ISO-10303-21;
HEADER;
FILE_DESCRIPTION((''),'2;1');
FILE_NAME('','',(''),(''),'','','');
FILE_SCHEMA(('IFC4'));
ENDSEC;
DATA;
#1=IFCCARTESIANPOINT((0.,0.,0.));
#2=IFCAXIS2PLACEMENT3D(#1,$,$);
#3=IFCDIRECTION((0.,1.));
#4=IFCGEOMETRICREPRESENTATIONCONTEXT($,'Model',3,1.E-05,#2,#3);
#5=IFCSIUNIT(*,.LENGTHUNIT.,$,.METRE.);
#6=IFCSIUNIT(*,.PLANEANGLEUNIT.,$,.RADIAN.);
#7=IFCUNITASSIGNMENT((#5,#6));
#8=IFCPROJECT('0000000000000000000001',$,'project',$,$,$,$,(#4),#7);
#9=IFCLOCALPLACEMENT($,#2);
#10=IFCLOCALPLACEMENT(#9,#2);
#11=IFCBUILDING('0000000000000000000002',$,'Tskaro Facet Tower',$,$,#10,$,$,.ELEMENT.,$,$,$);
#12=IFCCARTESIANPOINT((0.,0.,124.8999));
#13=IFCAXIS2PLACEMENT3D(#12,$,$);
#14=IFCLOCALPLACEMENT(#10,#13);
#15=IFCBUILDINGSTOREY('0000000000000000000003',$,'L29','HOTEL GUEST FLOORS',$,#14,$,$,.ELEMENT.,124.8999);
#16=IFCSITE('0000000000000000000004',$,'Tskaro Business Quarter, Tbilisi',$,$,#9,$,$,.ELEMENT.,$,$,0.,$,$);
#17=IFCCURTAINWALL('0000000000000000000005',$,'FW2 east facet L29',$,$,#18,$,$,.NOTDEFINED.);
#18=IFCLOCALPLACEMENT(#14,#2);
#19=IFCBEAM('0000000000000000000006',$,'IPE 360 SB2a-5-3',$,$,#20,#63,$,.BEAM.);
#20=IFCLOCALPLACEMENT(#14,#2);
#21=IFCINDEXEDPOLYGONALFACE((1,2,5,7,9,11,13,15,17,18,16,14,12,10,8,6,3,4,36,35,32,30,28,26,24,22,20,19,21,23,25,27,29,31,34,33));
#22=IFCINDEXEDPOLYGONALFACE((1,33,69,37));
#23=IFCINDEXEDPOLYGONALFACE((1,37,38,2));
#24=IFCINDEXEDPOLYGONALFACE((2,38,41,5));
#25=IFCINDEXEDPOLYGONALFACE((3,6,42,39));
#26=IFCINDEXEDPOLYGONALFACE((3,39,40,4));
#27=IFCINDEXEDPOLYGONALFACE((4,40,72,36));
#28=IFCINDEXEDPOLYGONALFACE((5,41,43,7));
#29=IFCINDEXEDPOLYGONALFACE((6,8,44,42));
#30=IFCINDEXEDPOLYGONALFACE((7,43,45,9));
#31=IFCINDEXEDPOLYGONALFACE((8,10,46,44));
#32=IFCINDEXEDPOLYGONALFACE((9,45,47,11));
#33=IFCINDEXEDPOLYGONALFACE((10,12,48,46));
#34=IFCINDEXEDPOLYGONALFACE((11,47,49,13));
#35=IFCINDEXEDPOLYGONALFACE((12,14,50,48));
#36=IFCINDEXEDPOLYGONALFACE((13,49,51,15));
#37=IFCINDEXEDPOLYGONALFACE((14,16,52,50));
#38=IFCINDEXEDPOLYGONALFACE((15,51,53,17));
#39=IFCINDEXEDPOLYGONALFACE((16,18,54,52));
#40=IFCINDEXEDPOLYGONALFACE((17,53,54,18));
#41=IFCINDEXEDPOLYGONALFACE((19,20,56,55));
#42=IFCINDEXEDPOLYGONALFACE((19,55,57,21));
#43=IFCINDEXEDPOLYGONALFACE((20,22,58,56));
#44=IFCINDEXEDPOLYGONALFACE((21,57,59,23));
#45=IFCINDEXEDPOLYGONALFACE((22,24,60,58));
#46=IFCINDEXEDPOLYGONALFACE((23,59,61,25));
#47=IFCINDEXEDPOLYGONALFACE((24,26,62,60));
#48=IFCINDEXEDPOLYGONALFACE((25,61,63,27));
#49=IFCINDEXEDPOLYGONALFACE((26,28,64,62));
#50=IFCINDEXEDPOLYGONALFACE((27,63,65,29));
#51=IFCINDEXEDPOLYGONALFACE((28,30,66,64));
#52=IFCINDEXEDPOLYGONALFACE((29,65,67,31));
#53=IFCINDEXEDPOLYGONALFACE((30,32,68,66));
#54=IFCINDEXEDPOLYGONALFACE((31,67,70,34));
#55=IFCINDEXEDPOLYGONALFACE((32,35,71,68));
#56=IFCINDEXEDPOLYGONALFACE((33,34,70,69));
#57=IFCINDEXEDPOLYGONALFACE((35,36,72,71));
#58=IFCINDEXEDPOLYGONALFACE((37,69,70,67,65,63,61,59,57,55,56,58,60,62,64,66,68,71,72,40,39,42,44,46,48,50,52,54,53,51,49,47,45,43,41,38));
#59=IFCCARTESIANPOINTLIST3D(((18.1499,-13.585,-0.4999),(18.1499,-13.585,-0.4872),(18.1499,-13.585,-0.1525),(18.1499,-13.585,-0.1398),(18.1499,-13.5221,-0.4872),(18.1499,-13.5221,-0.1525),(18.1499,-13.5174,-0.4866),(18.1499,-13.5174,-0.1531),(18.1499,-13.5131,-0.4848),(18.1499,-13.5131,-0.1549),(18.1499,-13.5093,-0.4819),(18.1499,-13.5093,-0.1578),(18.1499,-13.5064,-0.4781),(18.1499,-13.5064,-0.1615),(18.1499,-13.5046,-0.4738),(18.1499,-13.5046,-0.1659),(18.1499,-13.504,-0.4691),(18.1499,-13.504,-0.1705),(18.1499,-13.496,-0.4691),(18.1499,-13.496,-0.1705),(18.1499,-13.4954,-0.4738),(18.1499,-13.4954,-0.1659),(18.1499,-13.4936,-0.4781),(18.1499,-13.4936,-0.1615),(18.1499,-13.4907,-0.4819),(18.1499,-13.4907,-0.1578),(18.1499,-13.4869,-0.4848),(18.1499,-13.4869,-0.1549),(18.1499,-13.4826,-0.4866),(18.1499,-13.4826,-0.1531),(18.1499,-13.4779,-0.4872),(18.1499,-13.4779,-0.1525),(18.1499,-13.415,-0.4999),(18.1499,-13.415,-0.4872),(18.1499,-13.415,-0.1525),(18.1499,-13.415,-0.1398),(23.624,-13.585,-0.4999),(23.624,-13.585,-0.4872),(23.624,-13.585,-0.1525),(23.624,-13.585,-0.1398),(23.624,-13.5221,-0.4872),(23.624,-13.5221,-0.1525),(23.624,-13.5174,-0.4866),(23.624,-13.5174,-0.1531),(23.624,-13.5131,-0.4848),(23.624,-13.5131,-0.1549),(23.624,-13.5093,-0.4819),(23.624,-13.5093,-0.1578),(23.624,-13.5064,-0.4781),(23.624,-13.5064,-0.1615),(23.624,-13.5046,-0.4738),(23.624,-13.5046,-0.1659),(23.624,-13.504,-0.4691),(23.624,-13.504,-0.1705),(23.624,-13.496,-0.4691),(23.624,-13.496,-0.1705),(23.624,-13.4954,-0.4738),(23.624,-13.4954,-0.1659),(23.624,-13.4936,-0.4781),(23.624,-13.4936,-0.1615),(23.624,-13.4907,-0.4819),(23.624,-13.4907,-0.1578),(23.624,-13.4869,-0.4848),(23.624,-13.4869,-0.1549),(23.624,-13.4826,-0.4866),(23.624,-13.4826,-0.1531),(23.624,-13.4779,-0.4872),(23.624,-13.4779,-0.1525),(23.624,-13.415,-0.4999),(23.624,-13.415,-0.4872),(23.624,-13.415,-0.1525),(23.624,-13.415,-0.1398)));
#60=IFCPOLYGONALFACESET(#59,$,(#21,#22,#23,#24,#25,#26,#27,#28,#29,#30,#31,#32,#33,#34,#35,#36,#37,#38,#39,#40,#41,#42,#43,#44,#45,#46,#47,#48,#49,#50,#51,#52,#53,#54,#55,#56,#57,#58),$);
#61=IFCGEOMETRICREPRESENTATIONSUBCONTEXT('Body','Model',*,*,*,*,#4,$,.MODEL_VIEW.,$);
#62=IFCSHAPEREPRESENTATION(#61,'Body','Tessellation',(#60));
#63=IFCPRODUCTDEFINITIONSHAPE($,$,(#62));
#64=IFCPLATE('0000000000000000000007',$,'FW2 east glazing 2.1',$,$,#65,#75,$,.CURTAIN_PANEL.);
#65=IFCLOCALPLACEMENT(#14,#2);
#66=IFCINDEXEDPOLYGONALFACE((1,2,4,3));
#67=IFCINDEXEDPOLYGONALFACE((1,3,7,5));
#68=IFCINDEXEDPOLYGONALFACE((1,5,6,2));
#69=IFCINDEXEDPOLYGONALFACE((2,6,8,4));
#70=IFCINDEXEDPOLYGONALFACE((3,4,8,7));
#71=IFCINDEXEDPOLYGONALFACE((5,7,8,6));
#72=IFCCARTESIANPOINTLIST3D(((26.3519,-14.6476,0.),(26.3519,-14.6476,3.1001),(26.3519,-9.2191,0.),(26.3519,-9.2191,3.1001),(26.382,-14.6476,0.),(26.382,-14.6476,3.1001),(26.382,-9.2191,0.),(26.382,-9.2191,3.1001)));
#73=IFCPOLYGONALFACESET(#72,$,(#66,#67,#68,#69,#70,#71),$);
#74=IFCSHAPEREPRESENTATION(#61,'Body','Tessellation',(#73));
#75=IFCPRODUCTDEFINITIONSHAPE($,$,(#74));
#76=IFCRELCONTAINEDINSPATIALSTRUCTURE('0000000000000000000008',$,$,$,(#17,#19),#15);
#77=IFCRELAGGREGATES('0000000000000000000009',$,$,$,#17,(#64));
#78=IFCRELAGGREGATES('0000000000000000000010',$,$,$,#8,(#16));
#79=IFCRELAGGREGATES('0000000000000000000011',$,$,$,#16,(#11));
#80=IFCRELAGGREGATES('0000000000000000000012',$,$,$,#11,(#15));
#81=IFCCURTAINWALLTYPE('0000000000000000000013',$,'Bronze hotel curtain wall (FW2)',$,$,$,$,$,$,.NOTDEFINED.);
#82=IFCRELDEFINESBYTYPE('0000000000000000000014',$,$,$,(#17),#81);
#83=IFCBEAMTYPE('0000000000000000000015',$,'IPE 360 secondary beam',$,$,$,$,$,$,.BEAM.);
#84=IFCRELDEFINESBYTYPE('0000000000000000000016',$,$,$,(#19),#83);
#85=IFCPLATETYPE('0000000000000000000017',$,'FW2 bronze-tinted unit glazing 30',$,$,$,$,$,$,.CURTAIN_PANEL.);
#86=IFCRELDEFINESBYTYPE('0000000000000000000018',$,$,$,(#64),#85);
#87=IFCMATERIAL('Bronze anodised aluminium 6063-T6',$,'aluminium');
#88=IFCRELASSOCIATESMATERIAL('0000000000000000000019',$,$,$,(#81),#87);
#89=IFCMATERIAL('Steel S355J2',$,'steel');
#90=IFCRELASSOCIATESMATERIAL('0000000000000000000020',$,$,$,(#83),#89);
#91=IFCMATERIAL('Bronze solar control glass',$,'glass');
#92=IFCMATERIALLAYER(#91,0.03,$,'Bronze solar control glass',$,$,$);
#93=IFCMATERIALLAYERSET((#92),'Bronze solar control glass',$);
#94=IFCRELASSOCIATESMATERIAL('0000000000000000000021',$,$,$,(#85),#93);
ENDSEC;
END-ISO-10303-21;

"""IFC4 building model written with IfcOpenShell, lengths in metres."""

from ifc_helpers import new_model, si_unit, direction, frame, origin, origin_2d, place, context, subcontext, project, spatial, rectangle, i_section, extrude, material, layer, layer_set, material_profile, profile_set, type_object, element, aggregate, save


model = new_model("IFC4")

# Units and contexts
model_context = context("Model", 3, precision=1e-05, world=origin(), true_north=direction((0.0, 1.0)))
body_context = subcontext(model_context, "Body", "Model", "MODEL_VIEW")
ifc_project = project(units=[si_unit("LENGTHUNIT", "METRE"), si_unit("PLANEANGLEUNIT", "RADIAN")], contexts=[model_context])

# Site, building, storey
site_placement = place(None, origin())
site = spatial("IfcSite", under=ifc_project, at=site_placement, Name="Tskaro Business Quarter, Tbilisi", CompositionType="ELEMENT", RefElevation=0.0)
building_placement = place(site_placement, origin())
building = spatial("IfcBuilding", under=site, at=building_placement, Name="Tskaro Facet Tower", CompositionType="ELEMENT")
storey_placement = place(building_placement, frame((0.0, 0.0, 124.8999)))
storey = spatial("IfcBuildingStorey", under=building, at=storey_placement, Name="L29", Description="HOTEL GUEST FLOORS", CompositionType="ELEMENT", Elevation=124.8999)

# Curtain wall
ifc_material_1 = material(Name="Bronze anodised aluminium 6063-T6", Category="aluminium")
curtain_wall_type = type_object("IfcCurtainWallType", Name="Bronze hotel curtain wall (FW2)", PredefinedType="NOTDEFINED", material=ifc_material_1)
curtain_wall_placement = place(storey_placement, origin())
curtain_wall = element("IfcCurtainWall", 1, at=curtain_wall_placement, inside=storey, type_object=curtain_wall_type, Name="FW2 east facet L29", PredefinedType="NOTDEFINED")

# Beam
ifc_material_2 = material(Name="Steel S355J2", Category="steel")
ifc_material_profile_1 = material_profile(ifc_material_2, i_section(OverallWidth=0.1699, OverallDepth=0.3601, WebThickness=0.0081, FlangeThickness=0.0127, FilletRadius=0.0181, at=origin_2d()), Name="IPE 360")
ifc_profile_set_1 = profile_set([ifc_material_profile_1], Name="Steel S355J2")
beam_type_1 = type_object("IfcBeamType", Name="IPE 360 secondary beam", PredefinedType="BEAM", material=ifc_profile_set_1)
beam_1_placement = place(storey_placement, frame((18.1499, -13.5, -0.3198), z_axis=(1.0, 0.0, 0.0), x_axis=(0.0, 1.0, 0.0)))
element("IfcBeam", 2, at=beam_1_placement, inside=storey, type_object=beam_type_1, Name="IPE 360 SB2a-5-3", PredefinedType="BEAM", context=body_context, shape_type="SweptSolid", body=[
    extrude(i_section(OverallWidth=0.1699, OverallDepth=0.3601, WebThickness=0.0081, FlangeThickness=0.0127, FilletRadius=0.0181, at=origin_2d()), origin(), (0.0, 0.0, 1.0), 5.4741),
])

# Plate
ifc_material_3 = material(Name="Bronze solar control glass", Category="glass")
ifc_layer_1 = layer(ifc_material_3, 0.03, Name="Bronze solar control glass")
ifc_layer_set_1 = layer_set([ifc_layer_1], Name="Bronze solar control glass")
plate_type = type_object("IfcPlateType", Name="FW2 bronze-tinted unit glazing 30", PredefinedType="CURTAIN_PANEL", material=ifc_layer_set_1)
plate_placement = place(storey_placement, frame((26.3669, -11.9333, 0.0), z_axis=(0.0, 0.0, 1.0), x_axis=(0.0, 1.0, 0.0)))
plate = element("IfcPlate", 3, at=plate_placement, type_object=plate_type, Name="FW2 east glazing 2.1", PredefinedType="CURTAIN_PANEL", context=body_context, shape_type="SweptSolid", body=[
    extrude(rectangle(XDim=5.4285, YDim=0.03, at=origin_2d()), origin(), (0.0, 0.0, 1.0), 3.1001),
])
aggregate(curtain_wall, [plate])

save(model, "model.ifc")
